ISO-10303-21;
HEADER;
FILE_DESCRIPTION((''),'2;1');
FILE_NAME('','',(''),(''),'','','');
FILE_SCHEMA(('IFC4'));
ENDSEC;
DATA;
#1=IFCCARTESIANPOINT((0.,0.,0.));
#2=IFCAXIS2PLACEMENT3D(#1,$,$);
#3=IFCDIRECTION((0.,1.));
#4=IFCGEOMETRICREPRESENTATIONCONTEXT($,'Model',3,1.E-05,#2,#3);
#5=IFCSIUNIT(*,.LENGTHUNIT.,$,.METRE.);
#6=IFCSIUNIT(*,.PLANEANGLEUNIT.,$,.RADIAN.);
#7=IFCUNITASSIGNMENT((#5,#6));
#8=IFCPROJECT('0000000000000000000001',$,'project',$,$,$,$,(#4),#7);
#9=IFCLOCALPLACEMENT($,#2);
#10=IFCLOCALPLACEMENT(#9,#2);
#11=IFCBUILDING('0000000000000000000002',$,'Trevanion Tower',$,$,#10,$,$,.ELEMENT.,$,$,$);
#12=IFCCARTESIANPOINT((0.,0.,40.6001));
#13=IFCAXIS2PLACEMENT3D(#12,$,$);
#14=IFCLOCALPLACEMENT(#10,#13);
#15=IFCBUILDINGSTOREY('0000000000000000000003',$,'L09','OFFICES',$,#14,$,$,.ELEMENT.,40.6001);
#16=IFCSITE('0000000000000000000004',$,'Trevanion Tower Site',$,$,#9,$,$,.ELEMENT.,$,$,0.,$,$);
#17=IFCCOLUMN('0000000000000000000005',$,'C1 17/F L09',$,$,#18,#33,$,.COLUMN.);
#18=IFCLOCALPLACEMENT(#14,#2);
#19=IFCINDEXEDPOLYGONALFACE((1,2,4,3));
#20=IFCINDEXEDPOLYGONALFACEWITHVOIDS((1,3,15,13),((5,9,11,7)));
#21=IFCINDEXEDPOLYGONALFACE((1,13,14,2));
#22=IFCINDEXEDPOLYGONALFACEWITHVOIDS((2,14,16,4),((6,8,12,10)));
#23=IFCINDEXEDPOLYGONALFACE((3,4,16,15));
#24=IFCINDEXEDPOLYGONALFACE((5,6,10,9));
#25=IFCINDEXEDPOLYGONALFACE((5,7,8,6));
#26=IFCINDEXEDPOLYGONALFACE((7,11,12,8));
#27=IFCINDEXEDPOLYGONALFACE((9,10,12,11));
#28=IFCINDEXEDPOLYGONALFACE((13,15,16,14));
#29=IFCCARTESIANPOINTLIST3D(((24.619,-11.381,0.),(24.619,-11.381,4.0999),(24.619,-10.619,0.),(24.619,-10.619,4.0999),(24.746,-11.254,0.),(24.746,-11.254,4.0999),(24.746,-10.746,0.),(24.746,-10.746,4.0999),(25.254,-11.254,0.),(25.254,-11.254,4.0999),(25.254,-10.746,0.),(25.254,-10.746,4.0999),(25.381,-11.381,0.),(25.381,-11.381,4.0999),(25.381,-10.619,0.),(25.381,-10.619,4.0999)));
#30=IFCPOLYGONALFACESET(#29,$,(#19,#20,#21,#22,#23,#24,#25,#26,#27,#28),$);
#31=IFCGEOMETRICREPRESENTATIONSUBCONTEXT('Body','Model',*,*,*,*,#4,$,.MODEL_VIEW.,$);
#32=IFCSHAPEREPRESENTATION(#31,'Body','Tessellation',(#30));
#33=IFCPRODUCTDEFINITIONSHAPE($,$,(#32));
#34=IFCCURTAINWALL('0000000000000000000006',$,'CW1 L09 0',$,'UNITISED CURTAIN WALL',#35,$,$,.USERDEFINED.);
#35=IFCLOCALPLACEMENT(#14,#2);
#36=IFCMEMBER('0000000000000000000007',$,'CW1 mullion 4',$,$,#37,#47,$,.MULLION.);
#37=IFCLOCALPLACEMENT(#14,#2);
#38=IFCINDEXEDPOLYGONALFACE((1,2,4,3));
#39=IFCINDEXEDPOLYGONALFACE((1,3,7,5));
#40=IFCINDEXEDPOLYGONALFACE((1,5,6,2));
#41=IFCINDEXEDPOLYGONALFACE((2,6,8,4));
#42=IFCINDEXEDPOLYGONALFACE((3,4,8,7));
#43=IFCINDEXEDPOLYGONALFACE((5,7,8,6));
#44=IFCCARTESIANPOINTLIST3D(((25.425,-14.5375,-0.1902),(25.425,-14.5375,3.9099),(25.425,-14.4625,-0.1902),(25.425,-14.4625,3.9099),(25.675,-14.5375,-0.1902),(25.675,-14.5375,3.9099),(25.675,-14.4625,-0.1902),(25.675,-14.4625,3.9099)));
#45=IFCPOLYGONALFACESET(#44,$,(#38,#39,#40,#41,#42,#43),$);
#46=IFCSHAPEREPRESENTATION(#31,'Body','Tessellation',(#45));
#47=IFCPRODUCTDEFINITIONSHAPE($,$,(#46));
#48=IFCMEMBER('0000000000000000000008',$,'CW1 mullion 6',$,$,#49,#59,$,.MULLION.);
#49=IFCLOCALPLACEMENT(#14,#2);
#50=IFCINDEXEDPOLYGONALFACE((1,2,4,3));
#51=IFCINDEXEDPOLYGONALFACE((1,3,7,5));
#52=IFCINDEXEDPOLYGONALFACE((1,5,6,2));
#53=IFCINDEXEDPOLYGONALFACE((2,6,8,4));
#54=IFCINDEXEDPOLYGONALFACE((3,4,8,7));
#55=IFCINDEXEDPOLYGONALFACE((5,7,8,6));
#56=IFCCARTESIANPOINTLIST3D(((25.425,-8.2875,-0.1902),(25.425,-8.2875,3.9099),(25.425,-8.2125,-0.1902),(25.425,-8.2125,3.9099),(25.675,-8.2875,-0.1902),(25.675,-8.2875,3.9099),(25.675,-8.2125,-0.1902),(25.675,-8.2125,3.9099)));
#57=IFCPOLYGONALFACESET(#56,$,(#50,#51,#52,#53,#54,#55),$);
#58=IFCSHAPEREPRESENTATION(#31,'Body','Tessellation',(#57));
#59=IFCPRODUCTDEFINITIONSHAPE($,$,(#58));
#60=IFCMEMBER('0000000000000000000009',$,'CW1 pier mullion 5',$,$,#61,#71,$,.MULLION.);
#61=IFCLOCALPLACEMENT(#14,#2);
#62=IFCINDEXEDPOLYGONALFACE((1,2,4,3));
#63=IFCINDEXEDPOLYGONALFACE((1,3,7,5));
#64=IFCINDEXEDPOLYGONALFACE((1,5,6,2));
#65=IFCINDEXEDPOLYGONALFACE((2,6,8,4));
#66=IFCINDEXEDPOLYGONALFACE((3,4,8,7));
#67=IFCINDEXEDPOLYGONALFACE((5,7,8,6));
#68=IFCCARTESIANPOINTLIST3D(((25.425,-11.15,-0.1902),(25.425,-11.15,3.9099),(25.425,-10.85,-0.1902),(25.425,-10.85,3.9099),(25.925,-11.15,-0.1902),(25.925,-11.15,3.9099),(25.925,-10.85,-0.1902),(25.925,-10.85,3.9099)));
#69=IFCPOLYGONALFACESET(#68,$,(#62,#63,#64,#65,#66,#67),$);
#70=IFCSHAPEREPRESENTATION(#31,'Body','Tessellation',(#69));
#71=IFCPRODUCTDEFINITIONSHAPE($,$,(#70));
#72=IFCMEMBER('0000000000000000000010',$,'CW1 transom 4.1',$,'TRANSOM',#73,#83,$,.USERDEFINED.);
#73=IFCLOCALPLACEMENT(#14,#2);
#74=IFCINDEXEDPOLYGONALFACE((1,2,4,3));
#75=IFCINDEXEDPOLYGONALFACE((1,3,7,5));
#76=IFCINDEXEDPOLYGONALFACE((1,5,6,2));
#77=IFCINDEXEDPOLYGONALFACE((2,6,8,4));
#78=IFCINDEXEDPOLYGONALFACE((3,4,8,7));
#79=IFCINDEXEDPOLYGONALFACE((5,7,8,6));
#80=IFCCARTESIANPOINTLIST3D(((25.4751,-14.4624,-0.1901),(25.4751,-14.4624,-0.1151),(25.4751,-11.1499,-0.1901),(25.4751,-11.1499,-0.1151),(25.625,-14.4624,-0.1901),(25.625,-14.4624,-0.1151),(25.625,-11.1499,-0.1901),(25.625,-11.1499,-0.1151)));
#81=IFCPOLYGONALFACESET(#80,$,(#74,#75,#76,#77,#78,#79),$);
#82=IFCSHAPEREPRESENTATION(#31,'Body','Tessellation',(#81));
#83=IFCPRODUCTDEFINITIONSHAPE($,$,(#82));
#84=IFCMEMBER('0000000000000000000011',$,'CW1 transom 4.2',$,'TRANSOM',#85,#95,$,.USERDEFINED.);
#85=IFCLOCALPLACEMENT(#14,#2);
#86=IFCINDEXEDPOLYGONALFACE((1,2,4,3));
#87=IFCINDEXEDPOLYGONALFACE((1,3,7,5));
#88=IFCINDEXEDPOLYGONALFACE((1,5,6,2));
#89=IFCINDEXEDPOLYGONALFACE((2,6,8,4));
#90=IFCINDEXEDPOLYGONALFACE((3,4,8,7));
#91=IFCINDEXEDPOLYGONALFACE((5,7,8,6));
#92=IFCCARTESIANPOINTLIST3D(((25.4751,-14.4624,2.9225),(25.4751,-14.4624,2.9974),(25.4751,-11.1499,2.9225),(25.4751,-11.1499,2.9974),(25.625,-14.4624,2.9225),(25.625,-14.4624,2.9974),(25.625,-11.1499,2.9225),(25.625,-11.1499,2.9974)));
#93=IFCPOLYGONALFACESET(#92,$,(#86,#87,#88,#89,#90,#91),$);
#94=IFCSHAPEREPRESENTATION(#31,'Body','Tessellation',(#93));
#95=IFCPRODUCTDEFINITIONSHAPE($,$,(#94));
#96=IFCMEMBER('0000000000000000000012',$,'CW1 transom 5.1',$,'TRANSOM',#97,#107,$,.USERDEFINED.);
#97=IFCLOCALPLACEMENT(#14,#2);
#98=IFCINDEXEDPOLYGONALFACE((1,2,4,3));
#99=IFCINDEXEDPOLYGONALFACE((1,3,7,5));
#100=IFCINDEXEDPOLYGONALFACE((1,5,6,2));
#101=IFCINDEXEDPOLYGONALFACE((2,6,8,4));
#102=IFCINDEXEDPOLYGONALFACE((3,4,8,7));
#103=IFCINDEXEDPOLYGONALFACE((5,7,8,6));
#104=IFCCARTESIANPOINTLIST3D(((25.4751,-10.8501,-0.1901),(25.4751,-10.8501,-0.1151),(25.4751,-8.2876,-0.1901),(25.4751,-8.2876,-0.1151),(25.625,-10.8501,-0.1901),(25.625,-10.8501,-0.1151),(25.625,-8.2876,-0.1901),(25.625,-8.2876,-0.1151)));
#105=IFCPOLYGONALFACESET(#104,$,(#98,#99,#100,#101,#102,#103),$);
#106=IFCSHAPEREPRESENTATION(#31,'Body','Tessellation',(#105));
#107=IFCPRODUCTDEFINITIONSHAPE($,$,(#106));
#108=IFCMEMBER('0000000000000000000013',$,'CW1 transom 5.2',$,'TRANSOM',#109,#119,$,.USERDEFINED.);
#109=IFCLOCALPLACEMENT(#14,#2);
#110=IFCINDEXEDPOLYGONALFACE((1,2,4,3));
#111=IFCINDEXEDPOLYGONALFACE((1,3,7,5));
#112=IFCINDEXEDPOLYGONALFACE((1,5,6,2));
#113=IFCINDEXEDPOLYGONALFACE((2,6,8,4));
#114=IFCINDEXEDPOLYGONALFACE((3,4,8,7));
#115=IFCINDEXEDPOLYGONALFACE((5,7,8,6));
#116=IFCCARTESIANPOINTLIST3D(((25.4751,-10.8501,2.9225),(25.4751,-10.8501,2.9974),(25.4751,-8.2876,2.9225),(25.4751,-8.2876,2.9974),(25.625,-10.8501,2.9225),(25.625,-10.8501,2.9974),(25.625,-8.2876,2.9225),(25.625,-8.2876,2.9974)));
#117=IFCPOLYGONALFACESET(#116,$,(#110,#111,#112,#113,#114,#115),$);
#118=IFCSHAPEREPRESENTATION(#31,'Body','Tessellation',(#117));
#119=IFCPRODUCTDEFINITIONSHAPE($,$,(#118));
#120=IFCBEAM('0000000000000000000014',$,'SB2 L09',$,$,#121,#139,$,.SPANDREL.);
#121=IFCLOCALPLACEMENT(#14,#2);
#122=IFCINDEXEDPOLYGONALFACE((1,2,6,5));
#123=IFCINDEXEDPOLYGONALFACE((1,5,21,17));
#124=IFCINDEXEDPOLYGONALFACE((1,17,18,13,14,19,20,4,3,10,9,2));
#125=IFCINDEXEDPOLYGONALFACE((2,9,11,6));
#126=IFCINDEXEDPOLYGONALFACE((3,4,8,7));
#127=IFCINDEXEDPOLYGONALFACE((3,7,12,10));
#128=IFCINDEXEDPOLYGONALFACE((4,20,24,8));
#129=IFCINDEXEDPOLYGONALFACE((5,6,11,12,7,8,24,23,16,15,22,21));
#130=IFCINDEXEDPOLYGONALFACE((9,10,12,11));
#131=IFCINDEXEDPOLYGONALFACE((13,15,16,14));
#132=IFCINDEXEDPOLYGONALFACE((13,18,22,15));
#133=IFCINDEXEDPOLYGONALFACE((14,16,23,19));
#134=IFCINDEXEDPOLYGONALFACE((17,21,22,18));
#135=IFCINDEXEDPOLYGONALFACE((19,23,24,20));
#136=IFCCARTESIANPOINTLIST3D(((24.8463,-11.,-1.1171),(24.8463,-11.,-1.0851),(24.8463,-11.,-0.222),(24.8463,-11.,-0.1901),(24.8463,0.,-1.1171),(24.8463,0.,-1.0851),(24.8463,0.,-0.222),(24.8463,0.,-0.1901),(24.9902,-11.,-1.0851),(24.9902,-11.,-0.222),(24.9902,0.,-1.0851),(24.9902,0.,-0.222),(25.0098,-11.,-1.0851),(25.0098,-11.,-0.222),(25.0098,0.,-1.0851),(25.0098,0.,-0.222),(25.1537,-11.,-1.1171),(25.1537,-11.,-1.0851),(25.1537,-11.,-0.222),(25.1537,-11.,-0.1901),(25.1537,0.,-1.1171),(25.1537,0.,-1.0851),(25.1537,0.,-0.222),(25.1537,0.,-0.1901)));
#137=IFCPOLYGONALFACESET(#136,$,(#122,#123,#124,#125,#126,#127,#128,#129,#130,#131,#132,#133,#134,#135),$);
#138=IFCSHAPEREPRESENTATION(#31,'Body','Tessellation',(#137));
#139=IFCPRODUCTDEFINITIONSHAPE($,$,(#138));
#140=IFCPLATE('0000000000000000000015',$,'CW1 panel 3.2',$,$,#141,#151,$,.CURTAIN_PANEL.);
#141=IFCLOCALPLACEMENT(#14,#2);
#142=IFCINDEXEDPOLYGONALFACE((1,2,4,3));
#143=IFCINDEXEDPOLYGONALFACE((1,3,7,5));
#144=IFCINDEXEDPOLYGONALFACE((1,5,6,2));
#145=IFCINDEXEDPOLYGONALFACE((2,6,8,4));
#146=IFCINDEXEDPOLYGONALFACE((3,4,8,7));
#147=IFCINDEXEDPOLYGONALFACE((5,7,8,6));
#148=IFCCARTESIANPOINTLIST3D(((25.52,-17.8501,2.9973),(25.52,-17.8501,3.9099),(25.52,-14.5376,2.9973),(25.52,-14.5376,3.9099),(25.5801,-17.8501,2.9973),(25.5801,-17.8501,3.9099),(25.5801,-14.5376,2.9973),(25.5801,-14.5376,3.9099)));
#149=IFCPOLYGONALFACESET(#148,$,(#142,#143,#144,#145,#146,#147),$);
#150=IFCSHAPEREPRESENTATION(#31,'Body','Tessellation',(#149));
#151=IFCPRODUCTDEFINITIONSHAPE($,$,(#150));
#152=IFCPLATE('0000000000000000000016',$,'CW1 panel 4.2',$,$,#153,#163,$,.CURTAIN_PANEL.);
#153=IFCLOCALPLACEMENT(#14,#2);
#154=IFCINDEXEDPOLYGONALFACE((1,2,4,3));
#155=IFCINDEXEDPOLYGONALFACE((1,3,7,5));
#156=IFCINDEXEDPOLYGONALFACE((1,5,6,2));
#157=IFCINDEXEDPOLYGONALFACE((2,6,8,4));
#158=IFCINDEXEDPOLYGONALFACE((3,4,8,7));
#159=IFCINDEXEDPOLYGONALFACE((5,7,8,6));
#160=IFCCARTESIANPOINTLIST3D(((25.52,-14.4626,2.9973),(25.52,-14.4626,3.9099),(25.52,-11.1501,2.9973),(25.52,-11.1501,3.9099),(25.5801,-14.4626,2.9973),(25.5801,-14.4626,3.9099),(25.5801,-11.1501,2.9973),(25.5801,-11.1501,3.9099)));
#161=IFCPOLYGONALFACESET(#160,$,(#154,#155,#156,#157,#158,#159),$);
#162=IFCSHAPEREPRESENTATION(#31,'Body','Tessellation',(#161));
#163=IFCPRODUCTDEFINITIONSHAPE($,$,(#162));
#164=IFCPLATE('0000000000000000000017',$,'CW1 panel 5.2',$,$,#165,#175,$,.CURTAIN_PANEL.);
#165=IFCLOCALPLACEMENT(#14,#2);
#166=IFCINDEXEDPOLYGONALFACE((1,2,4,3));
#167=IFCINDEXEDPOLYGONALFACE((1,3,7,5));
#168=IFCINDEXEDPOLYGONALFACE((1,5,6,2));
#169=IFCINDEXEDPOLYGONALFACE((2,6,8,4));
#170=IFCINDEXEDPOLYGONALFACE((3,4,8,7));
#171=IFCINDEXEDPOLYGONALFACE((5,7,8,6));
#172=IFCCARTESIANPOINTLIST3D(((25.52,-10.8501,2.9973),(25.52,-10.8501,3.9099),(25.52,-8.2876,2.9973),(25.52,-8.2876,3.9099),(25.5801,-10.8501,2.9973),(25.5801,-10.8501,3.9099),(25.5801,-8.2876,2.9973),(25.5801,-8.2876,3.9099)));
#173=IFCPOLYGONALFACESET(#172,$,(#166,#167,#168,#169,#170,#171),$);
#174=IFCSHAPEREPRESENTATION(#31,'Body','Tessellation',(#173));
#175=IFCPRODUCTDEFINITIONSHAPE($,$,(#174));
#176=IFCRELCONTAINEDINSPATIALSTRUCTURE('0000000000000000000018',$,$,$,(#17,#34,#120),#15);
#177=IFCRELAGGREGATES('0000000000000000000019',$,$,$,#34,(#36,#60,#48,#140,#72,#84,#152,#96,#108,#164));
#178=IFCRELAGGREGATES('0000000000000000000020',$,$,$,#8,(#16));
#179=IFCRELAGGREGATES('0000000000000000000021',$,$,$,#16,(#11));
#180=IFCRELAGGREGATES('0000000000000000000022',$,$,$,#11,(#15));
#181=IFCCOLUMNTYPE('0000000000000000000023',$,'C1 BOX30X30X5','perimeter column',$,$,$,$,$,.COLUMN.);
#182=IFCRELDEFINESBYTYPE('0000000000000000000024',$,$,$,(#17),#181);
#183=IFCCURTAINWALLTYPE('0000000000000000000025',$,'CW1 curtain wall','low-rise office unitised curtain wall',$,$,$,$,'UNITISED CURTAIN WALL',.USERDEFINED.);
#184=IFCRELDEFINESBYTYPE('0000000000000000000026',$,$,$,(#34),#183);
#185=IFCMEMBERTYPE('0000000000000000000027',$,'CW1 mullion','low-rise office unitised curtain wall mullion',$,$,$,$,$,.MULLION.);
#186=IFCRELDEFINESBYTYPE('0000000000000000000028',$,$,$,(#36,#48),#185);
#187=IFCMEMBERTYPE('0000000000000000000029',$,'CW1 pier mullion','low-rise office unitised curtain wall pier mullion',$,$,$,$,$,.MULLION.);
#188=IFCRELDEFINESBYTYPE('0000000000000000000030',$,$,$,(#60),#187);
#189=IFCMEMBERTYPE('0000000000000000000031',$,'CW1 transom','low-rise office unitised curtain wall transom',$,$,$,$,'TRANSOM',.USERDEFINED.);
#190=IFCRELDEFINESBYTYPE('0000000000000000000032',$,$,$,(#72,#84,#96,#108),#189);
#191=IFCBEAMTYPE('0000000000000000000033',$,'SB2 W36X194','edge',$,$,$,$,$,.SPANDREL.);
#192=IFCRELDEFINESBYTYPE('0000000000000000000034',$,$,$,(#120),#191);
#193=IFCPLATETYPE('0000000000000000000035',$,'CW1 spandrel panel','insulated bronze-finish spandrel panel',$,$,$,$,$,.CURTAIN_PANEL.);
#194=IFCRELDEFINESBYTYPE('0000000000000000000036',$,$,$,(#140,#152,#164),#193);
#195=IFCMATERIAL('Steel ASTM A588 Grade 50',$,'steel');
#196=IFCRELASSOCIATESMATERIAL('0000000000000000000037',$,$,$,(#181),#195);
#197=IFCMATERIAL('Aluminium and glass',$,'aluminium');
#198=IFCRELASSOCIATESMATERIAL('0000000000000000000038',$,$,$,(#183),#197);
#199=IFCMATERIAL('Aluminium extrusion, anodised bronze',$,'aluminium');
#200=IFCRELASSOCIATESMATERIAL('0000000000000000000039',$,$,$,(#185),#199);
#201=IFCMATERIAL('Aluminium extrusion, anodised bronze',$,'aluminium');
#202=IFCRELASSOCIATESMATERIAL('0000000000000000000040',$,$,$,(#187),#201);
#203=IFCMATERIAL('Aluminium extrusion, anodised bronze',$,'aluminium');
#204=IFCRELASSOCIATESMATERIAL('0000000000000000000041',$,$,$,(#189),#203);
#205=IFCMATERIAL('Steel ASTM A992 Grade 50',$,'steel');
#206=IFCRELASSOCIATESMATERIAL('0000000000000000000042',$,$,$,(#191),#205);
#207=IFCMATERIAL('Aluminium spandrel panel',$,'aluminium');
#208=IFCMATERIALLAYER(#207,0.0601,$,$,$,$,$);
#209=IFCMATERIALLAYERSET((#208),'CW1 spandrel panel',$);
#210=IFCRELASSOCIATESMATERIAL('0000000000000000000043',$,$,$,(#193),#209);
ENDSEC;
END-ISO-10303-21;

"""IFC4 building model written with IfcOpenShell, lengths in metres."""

from ifc_helpers import new_model, si_unit, direction, frame, origin, origin_2d, place, context, subcontext, project, spatial, rectangle, hollow_rectangle, i_section, extrude, material, layer, layer_set, material_profile, profile_set, type_object, element, aggregate, save


model = new_model("IFC4")

# Units and contexts
model_context = context("Model", 3, precision=1e-05, world=origin(), true_north=direction((0.0, 1.0)))
body_context = subcontext(model_context, "Body", "Model", "MODEL_VIEW")
ifc_project = project(units=[si_unit("LENGTHUNIT", "METRE"), si_unit("PLANEANGLEUNIT", "RADIAN")], contexts=[model_context])

# Site, building, storey
site_placement = place(None, origin())
site = spatial("IfcSite", under=ifc_project, at=site_placement, Name="Trevanion Tower Site", CompositionType="ELEMENT", RefElevation=0.0)
building_placement = place(site_placement, origin())
building = spatial("IfcBuilding", under=site, at=building_placement, Name="Trevanion Tower", CompositionType="ELEMENT")
storey_placement = place(building_placement, frame((0.0, 0.0, 40.6001)))
storey = spatial("IfcBuildingStorey", under=building, at=storey_placement, Name="L09", Description="OFFICES", CompositionType="ELEMENT", Elevation=40.6001)

# Column
ifc_material_1 = material(Name="Steel ASTM A588 Grade 50", Category="steel")
ifc_material_profile_1 = material_profile(ifc_material_1, hollow_rectangle(XDim=0.762, YDim=0.762, WallThickness=0.127, at=origin_2d()), Name="BOX30X30X5")
ifc_profile_set_1 = profile_set([ifc_material_profile_1], Name="Steel ASTM A588 Grade 50")
column_type = type_object("IfcColumnType", Name="C1 BOX30X30X5", Description="perimeter column", PredefinedType="COLUMN", material=ifc_profile_set_1)
column_placement = place(storey_placement, frame((25.0, -11.0, 0.0), z_axis=(0.0, 0.0, 1.0), x_axis=(0.0, 1.0, 0.0)))
element("IfcColumn", 1, at=column_placement, inside=storey, type_object=column_type, Name="C1 17/F L09", PredefinedType="COLUMN", context=body_context, shape_type="SweptSolid", body=[
    extrude(hollow_rectangle(XDim=0.762, YDim=0.762, WallThickness=0.127, at=origin_2d()), origin(), (0.0, 0.0, 1.0), 4.0999),
])

# Curtain wall, members
ifc_material_2 = material(Name="Aluminium and glass", Category="aluminium")
curtain_wall_type = type_object("IfcCurtainWallType", Name="CW1 curtain wall", Description="low-rise office unitised curtain wall", ElementType="UNITISED CURTAIN WALL", PredefinedType="USERDEFINED", material=ifc_material_2)
curtain_wall_placement = place(storey_placement, origin())
curtain_wall = element("IfcCurtainWall", 2, at=curtain_wall_placement, inside=storey, type_object=curtain_wall_type, Name="CW1 L09 0", ObjectType="UNITISED CURTAIN WALL", PredefinedType="USERDEFINED")
ifc_material_3 = material(Name="Aluminium extrusion, anodised bronze", Category="aluminium")
ifc_material_profile_2 = material_profile(ifc_material_3, rectangle(XDim=0.075, YDim=0.25, at=origin_2d()), Name="CW1 mullion")
ifc_profile_set_2 = profile_set([ifc_material_profile_2], Name="Aluminium extrusion, anodised bronze")
member_type_1 = type_object("IfcMemberType", Name="CW1 mullion", Description="low-rise office unitised curtain wall mullion", PredefinedType="MULLION", material=ifc_profile_set_2)
member_1_placement = place(storey_placement, frame((25.55, -14.5, -0.1902), z_axis=(0.0, 0.0, 1.0), x_axis=(0.0, 1.0, 0.0)))
member_1 = element("IfcMember", 3, at=member_1_placement, type_object=member_type_1, Name="CW1 mullion 4", PredefinedType="MULLION", context=body_context, shape_type="SweptSolid", body=[
    extrude(rectangle(XDim=0.075, YDim=0.25, at=origin_2d()), origin(), (0.0, 0.0, 1.0), 4.1001),
])
member_2_placement = place(storey_placement, frame((25.55, -8.25, -0.1902), z_axis=(0.0, 0.0, 1.0), x_axis=(0.0, 1.0, 0.0)))
member_2 = element("IfcMember", 4, at=member_2_placement, type_object=member_type_1, Name="CW1 mullion 6", PredefinedType="MULLION", context=body_context, shape_type="SweptSolid", body=[
    extrude(rectangle(XDim=0.075, YDim=0.25, at=origin_2d()), origin(), (0.0, 0.0, 1.0), 4.1001),
])
ifc_material_4 = material(Name="Aluminium extrusion, anodised bronze", Category="aluminium")
ifc_material_profile_3 = material_profile(ifc_material_4, rectangle(XDim=0.3, YDim=0.5, at=origin_2d()), Name="CW1 pier mullion")
ifc_profile_set_3 = profile_set([ifc_material_profile_3], Name="Aluminium extrusion, anodised bronze")
member_type_2 = type_object("IfcMemberType", Name="CW1 pier mullion", Description="low-rise office unitised curtain wall pier mullion", PredefinedType="MULLION", material=ifc_profile_set_3)
member_3_placement = place(storey_placement, frame((25.675, -11.0, -0.1902), z_axis=(0.0, 0.0, 1.0), x_axis=(0.0, 1.0, 0.0)))
member_3 = element("IfcMember", 5, at=member_3_placement, type_object=member_type_2, Name="CW1 pier mullion 5", PredefinedType="MULLION", context=body_context, shape_type="SweptSolid", body=[
    extrude(rectangle(XDim=0.3, YDim=0.5, at=origin_2d()), origin(), (0.0, 0.0, 1.0), 4.1001),
])
ifc_material_5 = material(Name="Aluminium extrusion, anodised bronze", Category="aluminium")
ifc_material_profile_4 = material_profile(ifc_material_5, rectangle(XDim=0.1499, YDim=0.075, at=origin_2d()), Name="CW1 transom")
ifc_profile_set_4 = profile_set([ifc_material_profile_4], Name="Aluminium extrusion, anodised bronze")
member_type_3 = type_object("IfcMemberType", Name="CW1 transom", Description="low-rise office unitised curtain wall transom", ElementType="TRANSOM", PredefinedType="USERDEFINED", material=ifc_profile_set_4)
member_4_placement = place(storey_placement, frame((25.55, -14.4624, -0.1526), z_axis=(0.0, 1.0, 0.0), x_axis=(-1.0, 0.0, 0.0)))
member_4 = element("IfcMember", 6, at=member_4_placement, type_object=member_type_3, Name="CW1 transom 4.1", ObjectType="TRANSOM", PredefinedType="USERDEFINED", context=body_context, shape_type="SweptSolid", body=[
    extrude(rectangle(XDim=0.1499, YDim=0.075, at=origin_2d()), origin(), (0.0, 0.0, 1.0), 3.3125),
])
member_5_placement = place(storey_placement, frame((25.55, -14.4624, 2.96), z_axis=(0.0, 1.0, 0.0), x_axis=(-1.0, 0.0, 0.0)))
member_5 = element("IfcMember", 7, at=member_5_placement, type_object=member_type_3, Name="CW1 transom 4.2", ObjectType="TRANSOM", PredefinedType="USERDEFINED", context=body_context, shape_type="SweptSolid", body=[
    extrude(rectangle(XDim=0.1499, YDim=0.075, at=origin_2d()), origin(), (0.0, 0.0, 1.0), 3.3125),
])
member_6_placement = place(storey_placement, frame((25.55, -10.8501, -0.1526), z_axis=(0.0, 1.0, 0.0), x_axis=(-1.0, 0.0, 0.0)))
member_6 = element("IfcMember", 8, at=member_6_placement, type_object=member_type_3, Name="CW1 transom 5.1", ObjectType="TRANSOM", PredefinedType="USERDEFINED", context=body_context, shape_type="SweptSolid", body=[
    extrude(rectangle(XDim=0.1499, YDim=0.075, at=origin_2d()), origin(), (0.0, 0.0, 1.0), 2.5625),
])
member_7_placement = place(storey_placement, frame((25.55, -10.8501, 2.96), z_axis=(0.0, 1.0, 0.0), x_axis=(-1.0, 0.0, 0.0)))
member_7 = element("IfcMember", 9, at=member_7_placement, type_object=member_type_3, Name="CW1 transom 5.2", ObjectType="TRANSOM", PredefinedType="USERDEFINED", context=body_context, shape_type="SweptSolid", body=[
    extrude(rectangle(XDim=0.1499, YDim=0.075, at=origin_2d()), origin(), (0.0, 0.0, 1.0), 2.5625),
])

# Beam
ifc_material_6 = material(Name="Steel ASTM A992 Grade 50", Category="steel")
ifc_material_profile_5 = material_profile(ifc_material_6, i_section(OverallWidth=0.3074, OverallDepth=0.927, WebThickness=0.0195, FlangeThickness=0.032, at=origin_2d()), Name="W36X194")
ifc_profile_set_5 = profile_set([ifc_material_profile_5], Name="Steel ASTM A992 Grade 50")
beam_type = type_object("IfcBeamType", Name="SB2 W36X194", Description="edge", PredefinedType="SPANDREL", material=ifc_profile_set_5)
beam_placement = place(storey_placement, frame((25.0, -11.0, -0.6536), z_axis=(0.0, 1.0, 0.0), x_axis=(-1.0, 0.0, 0.0)))
element("IfcBeam", 10, at=beam_placement, inside=storey, type_object=beam_type, Name="SB2 L09", PredefinedType="SPANDREL", context=body_context, shape_type="SweptSolid", body=[
    extrude(i_section(OverallWidth=0.3074, OverallDepth=0.927, WebThickness=0.0195, FlangeThickness=0.032, at=origin_2d()), origin(), (0.0, 0.0, 1.0), 11.0),
])

# Plates
ifc_material_7 = material(Name="Aluminium spandrel panel", Category="aluminium")
ifc_layer_1 = layer(ifc_material_7, 0.0601)
ifc_layer_set_1 = layer_set([ifc_layer_1], Name="CW1 spandrel panel")
plate_type_1 = type_object("IfcPlateType", Name="CW1 spandrel panel", Description="insulated bronze-finish spandrel panel", PredefinedType="CURTAIN_PANEL", material=ifc_layer_set_1)
plate_1_placement = place(storey_placement, frame((25.55, -16.1938, 2.9973), z_axis=(0.0, 0.0, 1.0), x_axis=(0.0, 1.0, 0.0)))
plate_1 = element("IfcPlate", 11, at=plate_1_placement, type_object=plate_type_1, Name="CW1 panel 3.2", PredefinedType="CURTAIN_PANEL", context=body_context, shape_type="SweptSolid", body=[
    extrude(rectangle(XDim=3.3125, YDim=0.0601, at=origin_2d()), origin(), (0.0, 0.0, 1.0), 0.9126),
])
plate_2_placement = place(storey_placement, frame((25.55, -12.8064, 2.9973), z_axis=(0.0, 0.0, 1.0), x_axis=(0.0, 1.0, 0.0)))
plate_2 = element("IfcPlate", 12, at=plate_2_placement, type_object=plate_type_1, Name="CW1 panel 4.2", PredefinedType="CURTAIN_PANEL", context=body_context, shape_type="SweptSolid", body=[
    extrude(rectangle(XDim=3.3125, YDim=0.0601, at=origin_2d()), origin(), (0.0, 0.0, 1.0), 0.9126),
])
plate_3_placement = place(storey_placement, frame((25.55, -9.5688, 2.9973), z_axis=(0.0, 0.0, 1.0), x_axis=(0.0, 1.0, 0.0)))
plate_3 = element("IfcPlate", 13, at=plate_3_placement, type_object=plate_type_1, Name="CW1 panel 5.2", PredefinedType="CURTAIN_PANEL", context=body_context, shape_type="SweptSolid", body=[
    extrude(rectangle(XDim=2.5625, YDim=0.0601, at=origin_2d()), origin(), (0.0, 0.0, 1.0), 0.9126),
])
aggregate(curtain_wall, [member_1, member_3, member_2, plate_1, member_4, member_5, plate_2, member_6, member_7, plate_3])

save(model, "model.ifc")
